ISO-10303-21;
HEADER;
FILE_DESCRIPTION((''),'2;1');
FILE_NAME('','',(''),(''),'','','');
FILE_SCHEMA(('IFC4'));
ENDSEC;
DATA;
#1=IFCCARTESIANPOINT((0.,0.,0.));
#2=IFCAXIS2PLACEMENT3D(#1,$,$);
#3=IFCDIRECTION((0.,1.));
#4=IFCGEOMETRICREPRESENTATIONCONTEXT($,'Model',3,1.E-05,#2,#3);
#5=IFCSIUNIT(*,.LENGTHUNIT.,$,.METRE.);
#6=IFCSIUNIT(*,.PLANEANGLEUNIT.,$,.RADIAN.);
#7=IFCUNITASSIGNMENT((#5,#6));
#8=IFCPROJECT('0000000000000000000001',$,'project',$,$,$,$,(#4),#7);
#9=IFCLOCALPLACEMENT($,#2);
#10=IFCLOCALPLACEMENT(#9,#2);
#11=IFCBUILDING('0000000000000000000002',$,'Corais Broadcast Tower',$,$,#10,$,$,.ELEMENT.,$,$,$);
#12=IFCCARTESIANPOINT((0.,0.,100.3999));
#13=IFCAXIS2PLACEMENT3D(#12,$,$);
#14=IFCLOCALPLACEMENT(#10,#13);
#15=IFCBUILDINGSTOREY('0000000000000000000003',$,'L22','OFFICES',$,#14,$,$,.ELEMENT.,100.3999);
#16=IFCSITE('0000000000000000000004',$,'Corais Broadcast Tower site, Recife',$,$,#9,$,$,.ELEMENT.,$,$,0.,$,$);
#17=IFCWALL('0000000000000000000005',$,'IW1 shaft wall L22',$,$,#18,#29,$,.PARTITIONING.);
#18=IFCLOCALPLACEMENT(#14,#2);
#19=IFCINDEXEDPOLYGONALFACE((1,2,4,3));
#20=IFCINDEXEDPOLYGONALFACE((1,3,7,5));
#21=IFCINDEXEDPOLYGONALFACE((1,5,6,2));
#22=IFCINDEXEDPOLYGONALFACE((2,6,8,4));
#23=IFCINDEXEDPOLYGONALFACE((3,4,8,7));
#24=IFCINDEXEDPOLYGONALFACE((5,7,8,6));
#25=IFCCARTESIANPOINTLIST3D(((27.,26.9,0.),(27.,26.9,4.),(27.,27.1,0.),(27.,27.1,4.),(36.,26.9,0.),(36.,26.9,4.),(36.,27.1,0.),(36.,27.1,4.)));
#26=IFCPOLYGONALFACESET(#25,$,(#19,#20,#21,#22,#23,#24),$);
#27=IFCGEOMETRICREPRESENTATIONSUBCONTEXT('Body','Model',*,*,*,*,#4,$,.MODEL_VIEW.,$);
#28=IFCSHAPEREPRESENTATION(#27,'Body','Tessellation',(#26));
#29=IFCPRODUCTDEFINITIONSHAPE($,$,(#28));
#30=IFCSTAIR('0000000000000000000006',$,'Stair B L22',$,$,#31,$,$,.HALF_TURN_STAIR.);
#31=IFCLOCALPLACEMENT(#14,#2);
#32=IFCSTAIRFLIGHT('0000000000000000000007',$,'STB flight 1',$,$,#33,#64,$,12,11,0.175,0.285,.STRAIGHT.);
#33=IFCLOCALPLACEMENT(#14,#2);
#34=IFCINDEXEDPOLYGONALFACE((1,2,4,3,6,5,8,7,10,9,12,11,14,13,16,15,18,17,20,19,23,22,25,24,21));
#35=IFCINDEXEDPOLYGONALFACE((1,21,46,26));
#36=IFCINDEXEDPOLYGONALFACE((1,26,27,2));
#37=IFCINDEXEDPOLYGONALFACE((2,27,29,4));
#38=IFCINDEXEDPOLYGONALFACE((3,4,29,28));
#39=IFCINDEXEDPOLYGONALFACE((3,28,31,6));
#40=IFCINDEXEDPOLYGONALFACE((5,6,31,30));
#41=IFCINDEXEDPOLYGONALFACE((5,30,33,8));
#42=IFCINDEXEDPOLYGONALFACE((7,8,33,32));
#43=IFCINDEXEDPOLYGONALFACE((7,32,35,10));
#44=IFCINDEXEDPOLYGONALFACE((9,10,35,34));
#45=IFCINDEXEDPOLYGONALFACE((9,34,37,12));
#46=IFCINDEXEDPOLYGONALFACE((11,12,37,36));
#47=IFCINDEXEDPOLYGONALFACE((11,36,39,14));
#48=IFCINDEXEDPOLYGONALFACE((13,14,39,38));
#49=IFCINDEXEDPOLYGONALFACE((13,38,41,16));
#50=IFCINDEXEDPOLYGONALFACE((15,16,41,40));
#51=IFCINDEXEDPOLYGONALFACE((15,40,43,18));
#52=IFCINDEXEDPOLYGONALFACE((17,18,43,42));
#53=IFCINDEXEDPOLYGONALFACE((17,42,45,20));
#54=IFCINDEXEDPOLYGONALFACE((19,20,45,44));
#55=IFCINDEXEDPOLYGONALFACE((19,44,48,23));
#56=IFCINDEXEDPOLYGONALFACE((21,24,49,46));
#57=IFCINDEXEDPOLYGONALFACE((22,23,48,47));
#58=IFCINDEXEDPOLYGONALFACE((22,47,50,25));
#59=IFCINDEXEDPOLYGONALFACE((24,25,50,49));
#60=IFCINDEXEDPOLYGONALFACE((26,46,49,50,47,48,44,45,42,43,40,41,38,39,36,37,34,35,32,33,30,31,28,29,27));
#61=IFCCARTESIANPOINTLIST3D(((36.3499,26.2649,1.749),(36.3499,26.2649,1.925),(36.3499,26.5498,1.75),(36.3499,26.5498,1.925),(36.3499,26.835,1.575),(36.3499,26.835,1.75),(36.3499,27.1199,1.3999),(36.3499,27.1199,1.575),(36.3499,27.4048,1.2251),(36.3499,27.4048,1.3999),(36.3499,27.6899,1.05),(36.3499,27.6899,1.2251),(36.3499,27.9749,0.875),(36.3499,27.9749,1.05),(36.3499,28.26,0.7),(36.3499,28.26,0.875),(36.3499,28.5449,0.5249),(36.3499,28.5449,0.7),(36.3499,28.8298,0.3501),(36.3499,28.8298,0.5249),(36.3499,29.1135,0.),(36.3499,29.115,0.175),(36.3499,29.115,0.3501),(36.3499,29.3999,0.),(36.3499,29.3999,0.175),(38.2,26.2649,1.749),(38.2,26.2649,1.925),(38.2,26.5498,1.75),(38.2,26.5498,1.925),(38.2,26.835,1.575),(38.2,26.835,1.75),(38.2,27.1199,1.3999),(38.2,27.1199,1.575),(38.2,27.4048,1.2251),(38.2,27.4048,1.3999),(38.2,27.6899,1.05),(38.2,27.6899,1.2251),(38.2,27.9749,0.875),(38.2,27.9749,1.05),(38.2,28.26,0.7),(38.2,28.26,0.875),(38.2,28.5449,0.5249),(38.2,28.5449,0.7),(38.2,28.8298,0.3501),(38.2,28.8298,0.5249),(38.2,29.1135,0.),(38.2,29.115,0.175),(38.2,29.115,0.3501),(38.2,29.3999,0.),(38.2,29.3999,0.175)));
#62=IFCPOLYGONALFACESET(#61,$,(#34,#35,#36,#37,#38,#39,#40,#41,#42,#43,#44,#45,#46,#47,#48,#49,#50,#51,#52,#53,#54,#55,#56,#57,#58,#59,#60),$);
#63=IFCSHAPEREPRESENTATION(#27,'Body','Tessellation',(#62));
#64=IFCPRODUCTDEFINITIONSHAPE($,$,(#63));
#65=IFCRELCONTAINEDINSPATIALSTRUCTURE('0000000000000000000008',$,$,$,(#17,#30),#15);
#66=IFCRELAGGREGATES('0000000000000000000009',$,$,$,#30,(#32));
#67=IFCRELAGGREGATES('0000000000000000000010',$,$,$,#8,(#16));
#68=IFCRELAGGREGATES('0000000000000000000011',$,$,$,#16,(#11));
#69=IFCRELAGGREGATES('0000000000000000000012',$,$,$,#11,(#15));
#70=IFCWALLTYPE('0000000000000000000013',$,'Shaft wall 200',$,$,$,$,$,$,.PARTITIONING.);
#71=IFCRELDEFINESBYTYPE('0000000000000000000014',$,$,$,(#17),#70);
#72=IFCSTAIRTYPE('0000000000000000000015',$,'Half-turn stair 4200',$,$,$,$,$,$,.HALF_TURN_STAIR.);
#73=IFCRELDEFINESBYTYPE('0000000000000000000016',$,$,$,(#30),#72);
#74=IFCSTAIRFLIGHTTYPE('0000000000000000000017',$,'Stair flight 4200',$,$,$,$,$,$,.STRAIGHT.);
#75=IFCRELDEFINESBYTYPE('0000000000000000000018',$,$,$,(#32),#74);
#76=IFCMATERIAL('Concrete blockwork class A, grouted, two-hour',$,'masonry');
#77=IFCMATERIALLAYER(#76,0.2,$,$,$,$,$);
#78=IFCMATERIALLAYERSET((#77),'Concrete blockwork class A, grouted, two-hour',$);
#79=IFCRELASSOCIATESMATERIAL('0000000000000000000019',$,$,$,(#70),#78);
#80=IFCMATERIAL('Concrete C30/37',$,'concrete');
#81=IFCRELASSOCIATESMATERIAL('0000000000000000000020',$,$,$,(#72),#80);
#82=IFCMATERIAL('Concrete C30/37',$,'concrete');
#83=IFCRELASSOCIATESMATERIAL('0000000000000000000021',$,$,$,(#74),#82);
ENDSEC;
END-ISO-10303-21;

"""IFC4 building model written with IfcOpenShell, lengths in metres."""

from ifc_helpers import new_model, si_unit, direction, frame, frame_2d, origin, place, context, subcontext, project, spatial, polyline, rectangle, outline, extrude, material, layer, layer_set, type_object, element, aggregate, save


model = new_model("IFC4")

# Units and contexts
model_context = context("Model", 3, precision=1e-05, world=origin(), true_north=direction((0.0, 1.0)))
body_context = subcontext(model_context, "Body", "Model", "MODEL_VIEW")
ifc_project = project(units=[si_unit("LENGTHUNIT", "METRE"), si_unit("PLANEANGLEUNIT", "RADIAN")], contexts=[model_context])

# Site, building, storey
site_placement = place(None, origin())
site = spatial("IfcSite", under=ifc_project, at=site_placement, Name="Corais Broadcast Tower site, Recife", CompositionType="ELEMENT", RefElevation=0.0)
building_placement = place(site_placement, origin())
building = spatial("IfcBuilding", under=site, at=building_placement, Name="Corais Broadcast Tower", CompositionType="ELEMENT")
storey_placement = place(building_placement, frame((0.0, 0.0, 100.3999)))
storey = spatial("IfcBuildingStorey", under=building, at=storey_placement, Name="L22", Description="OFFICES", CompositionType="ELEMENT", Elevation=100.3999)

# Wall
ifc_material_1 = material(Name="Concrete blockwork class A, grouted, two-hour", Category="masonry")
ifc_layer_1 = layer(ifc_material_1, 0.2)
ifc_layer_set_1 = layer_set([ifc_layer_1], Name="Concrete blockwork class A, grouted, two-hour")
wall_type_1 = type_object("IfcWallType", Name="Shaft wall 200", PredefinedType="PARTITIONING", material=ifc_layer_set_1)
wall_1_placement = place(storey_placement, frame((27.0, 27.0, 0.0), z_axis=(0.0, 0.0, 1.0), x_axis=(1.0, 0.0, 0.0)))
element("IfcWall", 1, at=wall_1_placement, inside=storey, type_object=wall_type_1, Name="IW1 shaft wall L22", PredefinedType="PARTITIONING", context=body_context, shape_type="SweptSolid", body=[
    extrude(rectangle(XDim=9.0, YDim=0.2, at=frame_2d((4.5, 0.0))), origin(), (0.0, 0.0, 1.0), 4.0),
])

# Stair, stair flight
ifc_material_2 = material(Name="Concrete C30/37", Category="concrete")
stair_type = type_object("IfcStairType", Name="Half-turn stair 4200", PredefinedType="HALF_TURN_STAIR", material=ifc_material_2)
stair_placement = place(storey_placement, origin())
stair = element("IfcStair", 2, at=stair_placement, inside=storey, type_object=stair_type, Name="Stair B L22", PredefinedType="HALF_TURN_STAIR")
ifc_material_3 = material(Name="Concrete C30/37", Category="concrete")
stair_flight_type = type_object("IfcStairFlightType", Name="Stair flight 4200", PredefinedType="STRAIGHT", material=ifc_material_3)
stair_flight_placement = place(storey_placement, frame((37.2749, 29.3999, 0.0), z_axis=(0.0, 0.0, 1.0), x_axis=(0.0, -1.0, 0.0)))
stair_flight = element("IfcStairFlight", 3, at=stair_flight_placement, type_object=stair_flight_type, Name="STB flight 1", NumberOfRisers=12, NumberOfTreads=11, PredefinedType="STRAIGHT", RiserHeight=0.175, TreadLength=0.285, context=body_context, shape_type="SweptSolid", body=[
    extrude(outline(polyline([(0.0, 0.0), (0.0, 0.175), (0.2849, 0.175), (0.2849, 0.3501), (0.5701, 0.3501), (0.5701, 0.5249), (0.855, 0.5249), (0.855, 0.7), (1.1399, 0.7), (1.1399, 0.875), (1.425, 0.875), (1.425, 1.05), (1.71, 1.05), (1.71, 1.2251), (1.9951, 1.2251), (1.9951, 1.3999), (2.28, 1.3999), (2.28, 1.575), (2.5649, 1.575), (2.5649, 1.75), (2.8501, 1.75), (2.8501, 1.925), (3.135, 1.925), (3.135, 2.1001), (3.135, 1.749), (0.2864, 0.0), (0.0, 0.0)])), frame((0.0, 0.925, 0.0), z_axis=(0.0, -1.0, 0.0), x_axis=(1.0, 0.0, 0.0)), (0.0, 0.0, 1.0), 1.8501),
])
aggregate(stair, [stair_flight])

save(model, "model.ifc")
